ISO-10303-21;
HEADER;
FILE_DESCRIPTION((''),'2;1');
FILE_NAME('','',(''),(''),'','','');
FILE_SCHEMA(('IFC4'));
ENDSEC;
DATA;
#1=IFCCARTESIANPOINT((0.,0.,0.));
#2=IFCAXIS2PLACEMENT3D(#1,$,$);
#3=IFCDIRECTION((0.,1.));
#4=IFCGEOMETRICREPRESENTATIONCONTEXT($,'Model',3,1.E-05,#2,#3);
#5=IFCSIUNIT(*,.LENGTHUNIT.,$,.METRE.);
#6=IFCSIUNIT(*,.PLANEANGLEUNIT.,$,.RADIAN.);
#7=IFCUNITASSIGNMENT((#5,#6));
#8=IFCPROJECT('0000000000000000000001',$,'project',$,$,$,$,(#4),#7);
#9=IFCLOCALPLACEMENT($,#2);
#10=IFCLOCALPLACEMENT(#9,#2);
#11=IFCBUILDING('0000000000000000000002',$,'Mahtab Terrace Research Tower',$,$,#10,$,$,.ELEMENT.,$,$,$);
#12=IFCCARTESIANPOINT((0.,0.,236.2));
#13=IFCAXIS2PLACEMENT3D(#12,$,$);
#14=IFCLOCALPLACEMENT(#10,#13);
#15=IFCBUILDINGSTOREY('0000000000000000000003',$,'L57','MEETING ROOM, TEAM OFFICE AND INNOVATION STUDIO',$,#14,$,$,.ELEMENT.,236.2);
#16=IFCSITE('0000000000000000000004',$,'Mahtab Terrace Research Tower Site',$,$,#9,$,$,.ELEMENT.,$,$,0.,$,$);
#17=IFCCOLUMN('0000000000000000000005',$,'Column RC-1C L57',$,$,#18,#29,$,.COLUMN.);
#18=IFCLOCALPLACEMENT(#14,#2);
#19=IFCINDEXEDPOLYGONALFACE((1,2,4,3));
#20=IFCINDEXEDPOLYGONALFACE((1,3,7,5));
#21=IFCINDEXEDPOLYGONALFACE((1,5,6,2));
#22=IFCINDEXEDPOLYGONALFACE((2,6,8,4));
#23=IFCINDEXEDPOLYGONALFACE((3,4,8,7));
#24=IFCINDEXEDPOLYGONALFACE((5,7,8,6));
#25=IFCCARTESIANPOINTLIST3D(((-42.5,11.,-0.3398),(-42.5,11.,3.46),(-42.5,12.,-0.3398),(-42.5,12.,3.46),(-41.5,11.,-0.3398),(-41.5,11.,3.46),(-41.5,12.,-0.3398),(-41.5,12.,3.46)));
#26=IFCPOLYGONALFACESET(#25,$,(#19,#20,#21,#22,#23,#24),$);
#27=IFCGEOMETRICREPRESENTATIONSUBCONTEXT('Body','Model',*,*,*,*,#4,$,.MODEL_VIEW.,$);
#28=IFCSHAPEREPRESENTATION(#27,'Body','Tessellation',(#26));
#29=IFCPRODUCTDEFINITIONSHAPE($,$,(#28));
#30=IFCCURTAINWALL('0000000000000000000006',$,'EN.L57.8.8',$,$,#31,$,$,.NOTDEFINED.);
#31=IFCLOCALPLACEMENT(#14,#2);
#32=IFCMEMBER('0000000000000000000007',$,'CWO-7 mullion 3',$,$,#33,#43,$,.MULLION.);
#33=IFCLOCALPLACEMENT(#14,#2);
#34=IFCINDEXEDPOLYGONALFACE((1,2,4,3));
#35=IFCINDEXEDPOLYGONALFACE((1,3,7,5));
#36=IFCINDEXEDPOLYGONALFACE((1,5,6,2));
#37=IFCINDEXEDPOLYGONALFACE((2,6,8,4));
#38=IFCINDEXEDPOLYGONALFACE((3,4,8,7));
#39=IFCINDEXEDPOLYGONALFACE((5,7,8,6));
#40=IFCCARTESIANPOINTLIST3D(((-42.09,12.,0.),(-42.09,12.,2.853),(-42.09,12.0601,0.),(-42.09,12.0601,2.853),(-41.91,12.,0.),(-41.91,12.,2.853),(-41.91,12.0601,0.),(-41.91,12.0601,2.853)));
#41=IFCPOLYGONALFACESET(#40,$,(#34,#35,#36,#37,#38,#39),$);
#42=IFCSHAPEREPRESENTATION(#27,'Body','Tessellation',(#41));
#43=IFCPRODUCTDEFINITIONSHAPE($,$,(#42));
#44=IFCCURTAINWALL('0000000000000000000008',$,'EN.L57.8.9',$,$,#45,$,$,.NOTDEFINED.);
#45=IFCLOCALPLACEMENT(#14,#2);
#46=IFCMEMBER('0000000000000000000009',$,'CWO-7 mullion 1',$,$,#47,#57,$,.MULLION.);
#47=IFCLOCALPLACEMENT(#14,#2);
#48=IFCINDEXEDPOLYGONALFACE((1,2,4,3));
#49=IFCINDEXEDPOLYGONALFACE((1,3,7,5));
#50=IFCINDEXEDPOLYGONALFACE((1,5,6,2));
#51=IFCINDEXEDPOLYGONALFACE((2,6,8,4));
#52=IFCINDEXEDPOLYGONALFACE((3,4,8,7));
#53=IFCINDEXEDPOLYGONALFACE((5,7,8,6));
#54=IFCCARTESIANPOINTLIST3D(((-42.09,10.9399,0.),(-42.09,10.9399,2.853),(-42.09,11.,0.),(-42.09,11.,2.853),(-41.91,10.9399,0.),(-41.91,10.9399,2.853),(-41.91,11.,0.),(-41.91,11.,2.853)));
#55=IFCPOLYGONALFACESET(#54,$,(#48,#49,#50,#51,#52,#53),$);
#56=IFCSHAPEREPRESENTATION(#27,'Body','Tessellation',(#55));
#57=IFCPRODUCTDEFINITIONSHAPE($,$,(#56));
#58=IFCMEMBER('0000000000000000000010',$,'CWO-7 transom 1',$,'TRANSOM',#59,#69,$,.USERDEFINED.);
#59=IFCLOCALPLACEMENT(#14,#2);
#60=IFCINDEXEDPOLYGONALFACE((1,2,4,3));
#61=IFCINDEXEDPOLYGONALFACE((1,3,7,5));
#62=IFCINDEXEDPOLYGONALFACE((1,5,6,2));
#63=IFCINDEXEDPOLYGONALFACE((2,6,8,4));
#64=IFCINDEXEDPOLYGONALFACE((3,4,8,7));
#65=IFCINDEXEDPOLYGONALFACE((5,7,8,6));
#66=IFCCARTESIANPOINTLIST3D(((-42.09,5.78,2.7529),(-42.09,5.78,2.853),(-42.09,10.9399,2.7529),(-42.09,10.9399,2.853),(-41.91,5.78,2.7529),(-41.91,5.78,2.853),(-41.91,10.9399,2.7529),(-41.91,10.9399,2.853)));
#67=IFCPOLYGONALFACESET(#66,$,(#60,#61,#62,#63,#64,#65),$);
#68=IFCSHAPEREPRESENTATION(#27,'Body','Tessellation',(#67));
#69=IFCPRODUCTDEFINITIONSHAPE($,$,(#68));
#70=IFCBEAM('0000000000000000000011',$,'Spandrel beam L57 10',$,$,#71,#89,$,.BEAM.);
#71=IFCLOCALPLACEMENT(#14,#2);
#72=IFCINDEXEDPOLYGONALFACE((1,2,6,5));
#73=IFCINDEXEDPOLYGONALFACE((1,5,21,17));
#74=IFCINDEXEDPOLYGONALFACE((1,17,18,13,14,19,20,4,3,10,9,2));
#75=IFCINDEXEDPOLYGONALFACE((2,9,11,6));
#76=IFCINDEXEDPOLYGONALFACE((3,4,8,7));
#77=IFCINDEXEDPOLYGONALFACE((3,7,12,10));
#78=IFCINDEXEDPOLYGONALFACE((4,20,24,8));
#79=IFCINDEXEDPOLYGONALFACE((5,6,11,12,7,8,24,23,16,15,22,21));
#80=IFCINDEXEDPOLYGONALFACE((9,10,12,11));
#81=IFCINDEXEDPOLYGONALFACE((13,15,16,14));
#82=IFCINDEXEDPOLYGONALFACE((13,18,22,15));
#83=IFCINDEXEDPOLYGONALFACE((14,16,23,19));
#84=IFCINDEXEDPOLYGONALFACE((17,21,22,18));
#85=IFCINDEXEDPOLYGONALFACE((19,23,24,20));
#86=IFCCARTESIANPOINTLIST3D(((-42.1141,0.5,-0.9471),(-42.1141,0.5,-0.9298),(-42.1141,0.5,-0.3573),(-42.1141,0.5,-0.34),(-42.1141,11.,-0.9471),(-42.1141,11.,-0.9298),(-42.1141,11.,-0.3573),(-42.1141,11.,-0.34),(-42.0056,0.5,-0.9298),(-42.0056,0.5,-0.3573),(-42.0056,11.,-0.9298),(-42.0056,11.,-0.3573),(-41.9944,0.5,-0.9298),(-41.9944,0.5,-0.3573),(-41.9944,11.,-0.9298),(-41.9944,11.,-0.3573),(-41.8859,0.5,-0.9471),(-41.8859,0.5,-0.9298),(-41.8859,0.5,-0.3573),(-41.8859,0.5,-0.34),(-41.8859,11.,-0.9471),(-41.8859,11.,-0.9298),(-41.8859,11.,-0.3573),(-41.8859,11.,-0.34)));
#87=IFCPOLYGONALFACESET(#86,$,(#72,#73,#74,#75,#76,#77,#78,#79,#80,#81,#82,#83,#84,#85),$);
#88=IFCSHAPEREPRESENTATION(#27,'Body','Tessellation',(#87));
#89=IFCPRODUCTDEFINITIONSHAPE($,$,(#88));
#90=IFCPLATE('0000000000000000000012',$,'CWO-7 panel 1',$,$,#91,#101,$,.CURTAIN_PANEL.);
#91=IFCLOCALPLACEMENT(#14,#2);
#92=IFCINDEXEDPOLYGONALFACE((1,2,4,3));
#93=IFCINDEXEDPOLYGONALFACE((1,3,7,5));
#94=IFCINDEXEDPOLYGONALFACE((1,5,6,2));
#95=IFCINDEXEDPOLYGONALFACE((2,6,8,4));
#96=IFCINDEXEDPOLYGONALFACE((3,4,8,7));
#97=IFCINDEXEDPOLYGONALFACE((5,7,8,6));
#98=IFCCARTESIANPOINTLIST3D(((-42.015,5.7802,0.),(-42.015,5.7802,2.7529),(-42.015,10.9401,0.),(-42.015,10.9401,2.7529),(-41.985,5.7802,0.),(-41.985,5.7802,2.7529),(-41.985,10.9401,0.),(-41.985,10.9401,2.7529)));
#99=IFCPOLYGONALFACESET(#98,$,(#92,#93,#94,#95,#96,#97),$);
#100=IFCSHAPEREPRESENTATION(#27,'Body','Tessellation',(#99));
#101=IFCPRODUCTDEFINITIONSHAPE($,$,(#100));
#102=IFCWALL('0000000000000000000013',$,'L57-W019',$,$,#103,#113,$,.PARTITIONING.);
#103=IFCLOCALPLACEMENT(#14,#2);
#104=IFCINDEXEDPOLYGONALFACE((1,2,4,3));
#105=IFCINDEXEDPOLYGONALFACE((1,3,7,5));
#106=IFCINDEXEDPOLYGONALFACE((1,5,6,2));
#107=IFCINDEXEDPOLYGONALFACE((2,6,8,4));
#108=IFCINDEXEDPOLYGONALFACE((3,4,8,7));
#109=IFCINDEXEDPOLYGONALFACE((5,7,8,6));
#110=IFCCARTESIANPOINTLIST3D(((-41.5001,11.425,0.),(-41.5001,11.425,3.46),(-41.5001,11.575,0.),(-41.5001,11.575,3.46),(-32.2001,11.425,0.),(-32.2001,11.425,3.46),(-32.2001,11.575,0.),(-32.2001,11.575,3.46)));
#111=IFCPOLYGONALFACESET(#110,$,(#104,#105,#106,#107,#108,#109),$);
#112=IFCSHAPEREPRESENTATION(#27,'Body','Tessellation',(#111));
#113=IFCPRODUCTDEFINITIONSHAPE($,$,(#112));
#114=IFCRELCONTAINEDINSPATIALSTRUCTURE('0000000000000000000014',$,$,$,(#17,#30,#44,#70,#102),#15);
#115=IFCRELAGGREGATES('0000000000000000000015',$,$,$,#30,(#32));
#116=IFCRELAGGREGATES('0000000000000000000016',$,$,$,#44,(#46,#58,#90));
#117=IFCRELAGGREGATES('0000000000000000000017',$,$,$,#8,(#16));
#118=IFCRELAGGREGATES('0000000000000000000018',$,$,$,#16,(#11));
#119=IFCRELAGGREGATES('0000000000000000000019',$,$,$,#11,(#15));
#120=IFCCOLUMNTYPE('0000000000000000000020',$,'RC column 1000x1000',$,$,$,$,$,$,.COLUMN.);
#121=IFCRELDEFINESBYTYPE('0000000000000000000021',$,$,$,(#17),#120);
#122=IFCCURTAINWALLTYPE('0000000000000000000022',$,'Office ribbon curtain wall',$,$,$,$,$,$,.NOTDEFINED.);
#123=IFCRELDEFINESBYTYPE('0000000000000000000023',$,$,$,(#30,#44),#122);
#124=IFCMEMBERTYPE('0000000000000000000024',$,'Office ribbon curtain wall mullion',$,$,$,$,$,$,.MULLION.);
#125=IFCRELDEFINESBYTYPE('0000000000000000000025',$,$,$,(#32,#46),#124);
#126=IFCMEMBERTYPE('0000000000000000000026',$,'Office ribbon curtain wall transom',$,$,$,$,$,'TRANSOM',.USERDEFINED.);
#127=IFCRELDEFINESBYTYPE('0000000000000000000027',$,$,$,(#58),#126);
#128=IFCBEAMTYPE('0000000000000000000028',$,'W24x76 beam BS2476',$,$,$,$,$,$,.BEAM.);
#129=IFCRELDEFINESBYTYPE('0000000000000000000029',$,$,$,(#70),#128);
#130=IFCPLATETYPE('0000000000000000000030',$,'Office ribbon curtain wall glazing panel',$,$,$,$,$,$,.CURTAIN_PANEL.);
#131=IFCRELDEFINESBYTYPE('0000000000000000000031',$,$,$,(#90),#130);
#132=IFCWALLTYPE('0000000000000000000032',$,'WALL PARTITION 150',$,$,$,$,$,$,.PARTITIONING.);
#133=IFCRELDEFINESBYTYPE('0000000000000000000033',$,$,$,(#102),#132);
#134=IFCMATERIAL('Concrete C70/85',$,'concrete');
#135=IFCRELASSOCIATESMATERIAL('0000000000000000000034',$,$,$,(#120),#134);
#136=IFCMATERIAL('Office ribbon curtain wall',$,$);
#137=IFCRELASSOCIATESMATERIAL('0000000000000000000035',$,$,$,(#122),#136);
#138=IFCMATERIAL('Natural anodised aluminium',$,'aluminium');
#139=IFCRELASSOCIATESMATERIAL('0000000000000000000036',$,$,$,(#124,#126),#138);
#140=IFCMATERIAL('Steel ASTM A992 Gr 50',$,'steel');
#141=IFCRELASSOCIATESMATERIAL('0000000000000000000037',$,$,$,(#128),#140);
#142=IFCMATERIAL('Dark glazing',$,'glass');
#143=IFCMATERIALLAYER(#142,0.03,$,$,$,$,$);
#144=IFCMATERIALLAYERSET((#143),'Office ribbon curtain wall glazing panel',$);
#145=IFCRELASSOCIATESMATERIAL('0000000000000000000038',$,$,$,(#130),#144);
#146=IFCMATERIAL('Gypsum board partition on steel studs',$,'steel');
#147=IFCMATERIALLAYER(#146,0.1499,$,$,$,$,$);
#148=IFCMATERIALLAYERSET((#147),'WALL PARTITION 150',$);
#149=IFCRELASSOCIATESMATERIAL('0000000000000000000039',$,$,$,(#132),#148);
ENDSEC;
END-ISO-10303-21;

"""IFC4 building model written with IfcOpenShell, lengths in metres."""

from ifc_helpers import new_model, si_unit, direction, frame, frame_2d, origin, origin_2d, place, context, subcontext, project, spatial, rectangle, i_section, extrude, material, layer, layer_set, material_profile, profile_set, type_object, element, aggregate, save


model = new_model("IFC4")

# Units and contexts
model_context = context("Model", 3, precision=1e-05, world=origin(), true_north=direction((0.0, 1.0)))
body_context = subcontext(model_context, "Body", "Model", "MODEL_VIEW")
ifc_project = project(units=[si_unit("LENGTHUNIT", "METRE"), si_unit("PLANEANGLEUNIT", "RADIAN")], contexts=[model_context])

# Site, building, storey
site_placement = place(None, origin())
site = spatial("IfcSite", under=ifc_project, at=site_placement, Name="Mahtab Terrace Research Tower Site", CompositionType="ELEMENT", RefElevation=0.0)
building_placement = place(site_placement, origin())
building = spatial("IfcBuilding", under=site, at=building_placement, Name="Mahtab Terrace Research Tower", CompositionType="ELEMENT")
storey_placement = place(building_placement, frame((0.0, 0.0, 236.2)))
storey = spatial("IfcBuildingStorey", under=building, at=storey_placement, Name="L57", Description="MEETING ROOM, TEAM OFFICE AND INNOVATION STUDIO", CompositionType="ELEMENT", Elevation=236.2)

# Column
ifc_material_1 = material(Name="Concrete C70/85", Category="concrete")
ifc_material_profile_1 = material_profile(ifc_material_1, rectangle(XDim=1.0, YDim=1.0, at=origin_2d()), Name="RC column 1000x1000")
ifc_profile_set_1 = profile_set([ifc_material_profile_1], Name="Concrete C70/85")
column_type = type_object("IfcColumnType", Name="RC column 1000x1000", PredefinedType="COLUMN", material=ifc_profile_set_1)
column_placement = place(storey_placement, frame((-42.0, 11.5, -0.3398), z_axis=(0.0, 0.0, 1.0), x_axis=(1.0, 0.0, 0.0)))
element("IfcColumn", 1, at=column_placement, inside=storey, type_object=column_type, Name="Column RC-1C L57", PredefinedType="COLUMN", context=body_context, shape_type="SweptSolid", body=[
    extrude(rectangle(XDim=1.0, YDim=1.0, at=origin_2d()), origin(), (0.0, 0.0, 1.0), 3.7998),
])

# Curtain wall, member
ifc_material_2 = material(Name="Office ribbon curtain wall")
curtain_wall_type = type_object("IfcCurtainWallType", Name="Office ribbon curtain wall", PredefinedType="NOTDEFINED", material=ifc_material_2)
curtain_wall_1_placement = place(storey_placement, origin())
curtain_wall_1 = element("IfcCurtainWall", 2, at=curtain_wall_1_placement, inside=storey, type_object=curtain_wall_type, Name="EN.L57.8.8", PredefinedType="NOTDEFINED")
ifc_material_3 = material(Name="Natural anodised aluminium", Category="aluminium")
ifc_material_profile_2 = material_profile(ifc_material_3, rectangle(XDim=0.1799, YDim=0.0601, at=origin_2d()), Name="MULLION 60x180")
ifc_profile_set_2 = profile_set([ifc_material_profile_2], Name="Natural anodised aluminium")
member_type_1 = type_object("IfcMemberType", Name="Office ribbon curtain wall mullion", PredefinedType="MULLION", material=ifc_profile_set_2)
member_1_placement = place(storey_placement, frame((-42.0, 12.03, 0.0), z_axis=(0.0, 0.0, 1.0), x_axis=(1.0, 0.0, 0.0)))
member_1 = element("IfcMember", 3, at=member_1_placement, type_object=member_type_1, Name="CWO-7 mullion 3", PredefinedType="MULLION", context=body_context, shape_type="SweptSolid", body=[
    extrude(rectangle(XDim=0.1799, YDim=0.0601, at=origin_2d()), origin(), (0.0, 0.0, 1.0), 2.853),
])
aggregate(curtain_wall_1, [member_1])

# Curtain wall, members
curtain_wall_2_placement = place(storey_placement, origin())
curtain_wall_2 = element("IfcCurtainWall", 4, at=curtain_wall_2_placement, inside=storey, type_object=curtain_wall_type, Name="EN.L57.8.9", PredefinedType="NOTDEFINED")
member_2_placement = place(storey_placement, frame((-42.0, 10.97, 0.0), z_axis=(0.0, 0.0, 1.0), x_axis=(1.0, 0.0, 0.0)))
member_2 = element("IfcMember", 5, at=member_2_placement, type_object=member_type_1, Name="CWO-7 mullion 1", PredefinedType="MULLION", context=body_context, shape_type="SweptSolid", body=[
    extrude(rectangle(XDim=0.1799, YDim=0.0601, at=origin_2d()), origin(), (0.0, 0.0, 1.0), 2.853),
])
ifc_material_profile_3 = material_profile(ifc_material_3, rectangle(XDim=0.1799, YDim=0.1001, at=origin_2d()), Name="TRANSOM 100x180")
ifc_profile_set_3 = profile_set([ifc_material_profile_3], Name="Natural anodised aluminium")
member_type_2 = type_object("IfcMemberType", Name="Office ribbon curtain wall transom", ElementType="TRANSOM", PredefinedType="USERDEFINED", material=ifc_profile_set_3)
member_3_placement = place(storey_placement, frame((-42.0, 10.9399, 2.803), z_axis=(0.0, -1.0, 0.0), x_axis=(1.0, 0.0, 0.0)))
member_3 = element("IfcMember", 6, at=member_3_placement, type_object=member_type_2, Name="CWO-7 transom 1", ObjectType="TRANSOM", PredefinedType="USERDEFINED", context=body_context, shape_type="SweptSolid", body=[
    extrude(rectangle(XDim=0.1799, YDim=0.1001, at=origin_2d()), origin(), (0.0, 0.0, 1.0), 5.1599),
])

# Beam
ifc_material_4 = material(Name="Steel ASTM A992 Gr 50", Category="steel")
ifc_material_profile_4 = material_profile(ifc_material_4, i_section(OverallWidth=0.2283, OverallDepth=0.6072, WebThickness=0.0112, FlangeThickness=0.0173, at=origin_2d()), Name="W24X76")
ifc_profile_set_4 = profile_set([ifc_material_profile_4], Name="Steel ASTM A992 Gr 50")
beam_type = type_object("IfcBeamType", Name="W24x76 beam BS2476", PredefinedType="BEAM", material=ifc_profile_set_4)
beam_placement = place(storey_placement, frame((-42.0, 11.0, -0.6436), z_axis=(0.0, -1.0, 0.0), x_axis=(1.0, 0.0, 0.0)))
element("IfcBeam", 7, at=beam_placement, inside=storey, type_object=beam_type, Name="Spandrel beam L57 10", PredefinedType="BEAM", context=body_context, shape_type="SweptSolid", body=[
    extrude(i_section(OverallWidth=0.2283, OverallDepth=0.6072, WebThickness=0.0112, FlangeThickness=0.0173, at=origin_2d()), origin(), (0.0, 0.0, 1.0), 10.5),
])

# Plate
ifc_material_5 = material(Name="Dark glazing", Category="glass")
ifc_layer_1 = layer(ifc_material_5, 0.03)
ifc_layer_set_1 = layer_set([ifc_layer_1], Name="Office ribbon curtain wall glazing panel")
plate_type = type_object("IfcPlateType", Name="Office ribbon curtain wall glazing panel", PredefinedType="CURTAIN_PANEL", material=ifc_layer_set_1)
plate_placement = place(storey_placement, frame((-42.0, 8.3601, 0.0), z_axis=(0.0, 0.0, 1.0), x_axis=(0.0, -1.0, 0.0)))
plate = element("IfcPlate", 8, at=plate_placement, type_object=plate_type, Name="CWO-7 panel 1", PredefinedType="CURTAIN_PANEL", context=body_context, shape_type="SweptSolid", body=[
    extrude(rectangle(XDim=5.1599, YDim=0.03, at=origin_2d()), origin(), (0.0, 0.0, 1.0), 2.7529),
])
aggregate(curtain_wall_2, [member_2, member_3, plate])

# Wall
ifc_material_6 = material(Name="Gypsum board partition on steel studs", Category="steel")
ifc_layer_2 = layer(ifc_material_6, 0.1499)
ifc_layer_set_2 = layer_set([ifc_layer_2], Name="WALL PARTITION 150")
wall_type = type_object("IfcWallType", Name="WALL PARTITION 150", PredefinedType="PARTITIONING", material=ifc_layer_set_2)
wall_placement = place(storey_placement, frame((-41.5, 11.5, 0.0), z_axis=(0.0, 0.0, 1.0), x_axis=(1.0, 0.0, 0.0)))
element("IfcWall", 9, at=wall_placement, inside=storey, type_object=wall_type, Name="L57-W019", PredefinedType="PARTITIONING", context=body_context, shape_type="SweptSolid", body=[
    extrude(rectangle(XDim=9.3, YDim=0.1499, at=frame_2d((4.6499, 0.0))), origin(), (0.0, 0.0, 1.0), 3.46),
])

save(model, "model.ifc")
